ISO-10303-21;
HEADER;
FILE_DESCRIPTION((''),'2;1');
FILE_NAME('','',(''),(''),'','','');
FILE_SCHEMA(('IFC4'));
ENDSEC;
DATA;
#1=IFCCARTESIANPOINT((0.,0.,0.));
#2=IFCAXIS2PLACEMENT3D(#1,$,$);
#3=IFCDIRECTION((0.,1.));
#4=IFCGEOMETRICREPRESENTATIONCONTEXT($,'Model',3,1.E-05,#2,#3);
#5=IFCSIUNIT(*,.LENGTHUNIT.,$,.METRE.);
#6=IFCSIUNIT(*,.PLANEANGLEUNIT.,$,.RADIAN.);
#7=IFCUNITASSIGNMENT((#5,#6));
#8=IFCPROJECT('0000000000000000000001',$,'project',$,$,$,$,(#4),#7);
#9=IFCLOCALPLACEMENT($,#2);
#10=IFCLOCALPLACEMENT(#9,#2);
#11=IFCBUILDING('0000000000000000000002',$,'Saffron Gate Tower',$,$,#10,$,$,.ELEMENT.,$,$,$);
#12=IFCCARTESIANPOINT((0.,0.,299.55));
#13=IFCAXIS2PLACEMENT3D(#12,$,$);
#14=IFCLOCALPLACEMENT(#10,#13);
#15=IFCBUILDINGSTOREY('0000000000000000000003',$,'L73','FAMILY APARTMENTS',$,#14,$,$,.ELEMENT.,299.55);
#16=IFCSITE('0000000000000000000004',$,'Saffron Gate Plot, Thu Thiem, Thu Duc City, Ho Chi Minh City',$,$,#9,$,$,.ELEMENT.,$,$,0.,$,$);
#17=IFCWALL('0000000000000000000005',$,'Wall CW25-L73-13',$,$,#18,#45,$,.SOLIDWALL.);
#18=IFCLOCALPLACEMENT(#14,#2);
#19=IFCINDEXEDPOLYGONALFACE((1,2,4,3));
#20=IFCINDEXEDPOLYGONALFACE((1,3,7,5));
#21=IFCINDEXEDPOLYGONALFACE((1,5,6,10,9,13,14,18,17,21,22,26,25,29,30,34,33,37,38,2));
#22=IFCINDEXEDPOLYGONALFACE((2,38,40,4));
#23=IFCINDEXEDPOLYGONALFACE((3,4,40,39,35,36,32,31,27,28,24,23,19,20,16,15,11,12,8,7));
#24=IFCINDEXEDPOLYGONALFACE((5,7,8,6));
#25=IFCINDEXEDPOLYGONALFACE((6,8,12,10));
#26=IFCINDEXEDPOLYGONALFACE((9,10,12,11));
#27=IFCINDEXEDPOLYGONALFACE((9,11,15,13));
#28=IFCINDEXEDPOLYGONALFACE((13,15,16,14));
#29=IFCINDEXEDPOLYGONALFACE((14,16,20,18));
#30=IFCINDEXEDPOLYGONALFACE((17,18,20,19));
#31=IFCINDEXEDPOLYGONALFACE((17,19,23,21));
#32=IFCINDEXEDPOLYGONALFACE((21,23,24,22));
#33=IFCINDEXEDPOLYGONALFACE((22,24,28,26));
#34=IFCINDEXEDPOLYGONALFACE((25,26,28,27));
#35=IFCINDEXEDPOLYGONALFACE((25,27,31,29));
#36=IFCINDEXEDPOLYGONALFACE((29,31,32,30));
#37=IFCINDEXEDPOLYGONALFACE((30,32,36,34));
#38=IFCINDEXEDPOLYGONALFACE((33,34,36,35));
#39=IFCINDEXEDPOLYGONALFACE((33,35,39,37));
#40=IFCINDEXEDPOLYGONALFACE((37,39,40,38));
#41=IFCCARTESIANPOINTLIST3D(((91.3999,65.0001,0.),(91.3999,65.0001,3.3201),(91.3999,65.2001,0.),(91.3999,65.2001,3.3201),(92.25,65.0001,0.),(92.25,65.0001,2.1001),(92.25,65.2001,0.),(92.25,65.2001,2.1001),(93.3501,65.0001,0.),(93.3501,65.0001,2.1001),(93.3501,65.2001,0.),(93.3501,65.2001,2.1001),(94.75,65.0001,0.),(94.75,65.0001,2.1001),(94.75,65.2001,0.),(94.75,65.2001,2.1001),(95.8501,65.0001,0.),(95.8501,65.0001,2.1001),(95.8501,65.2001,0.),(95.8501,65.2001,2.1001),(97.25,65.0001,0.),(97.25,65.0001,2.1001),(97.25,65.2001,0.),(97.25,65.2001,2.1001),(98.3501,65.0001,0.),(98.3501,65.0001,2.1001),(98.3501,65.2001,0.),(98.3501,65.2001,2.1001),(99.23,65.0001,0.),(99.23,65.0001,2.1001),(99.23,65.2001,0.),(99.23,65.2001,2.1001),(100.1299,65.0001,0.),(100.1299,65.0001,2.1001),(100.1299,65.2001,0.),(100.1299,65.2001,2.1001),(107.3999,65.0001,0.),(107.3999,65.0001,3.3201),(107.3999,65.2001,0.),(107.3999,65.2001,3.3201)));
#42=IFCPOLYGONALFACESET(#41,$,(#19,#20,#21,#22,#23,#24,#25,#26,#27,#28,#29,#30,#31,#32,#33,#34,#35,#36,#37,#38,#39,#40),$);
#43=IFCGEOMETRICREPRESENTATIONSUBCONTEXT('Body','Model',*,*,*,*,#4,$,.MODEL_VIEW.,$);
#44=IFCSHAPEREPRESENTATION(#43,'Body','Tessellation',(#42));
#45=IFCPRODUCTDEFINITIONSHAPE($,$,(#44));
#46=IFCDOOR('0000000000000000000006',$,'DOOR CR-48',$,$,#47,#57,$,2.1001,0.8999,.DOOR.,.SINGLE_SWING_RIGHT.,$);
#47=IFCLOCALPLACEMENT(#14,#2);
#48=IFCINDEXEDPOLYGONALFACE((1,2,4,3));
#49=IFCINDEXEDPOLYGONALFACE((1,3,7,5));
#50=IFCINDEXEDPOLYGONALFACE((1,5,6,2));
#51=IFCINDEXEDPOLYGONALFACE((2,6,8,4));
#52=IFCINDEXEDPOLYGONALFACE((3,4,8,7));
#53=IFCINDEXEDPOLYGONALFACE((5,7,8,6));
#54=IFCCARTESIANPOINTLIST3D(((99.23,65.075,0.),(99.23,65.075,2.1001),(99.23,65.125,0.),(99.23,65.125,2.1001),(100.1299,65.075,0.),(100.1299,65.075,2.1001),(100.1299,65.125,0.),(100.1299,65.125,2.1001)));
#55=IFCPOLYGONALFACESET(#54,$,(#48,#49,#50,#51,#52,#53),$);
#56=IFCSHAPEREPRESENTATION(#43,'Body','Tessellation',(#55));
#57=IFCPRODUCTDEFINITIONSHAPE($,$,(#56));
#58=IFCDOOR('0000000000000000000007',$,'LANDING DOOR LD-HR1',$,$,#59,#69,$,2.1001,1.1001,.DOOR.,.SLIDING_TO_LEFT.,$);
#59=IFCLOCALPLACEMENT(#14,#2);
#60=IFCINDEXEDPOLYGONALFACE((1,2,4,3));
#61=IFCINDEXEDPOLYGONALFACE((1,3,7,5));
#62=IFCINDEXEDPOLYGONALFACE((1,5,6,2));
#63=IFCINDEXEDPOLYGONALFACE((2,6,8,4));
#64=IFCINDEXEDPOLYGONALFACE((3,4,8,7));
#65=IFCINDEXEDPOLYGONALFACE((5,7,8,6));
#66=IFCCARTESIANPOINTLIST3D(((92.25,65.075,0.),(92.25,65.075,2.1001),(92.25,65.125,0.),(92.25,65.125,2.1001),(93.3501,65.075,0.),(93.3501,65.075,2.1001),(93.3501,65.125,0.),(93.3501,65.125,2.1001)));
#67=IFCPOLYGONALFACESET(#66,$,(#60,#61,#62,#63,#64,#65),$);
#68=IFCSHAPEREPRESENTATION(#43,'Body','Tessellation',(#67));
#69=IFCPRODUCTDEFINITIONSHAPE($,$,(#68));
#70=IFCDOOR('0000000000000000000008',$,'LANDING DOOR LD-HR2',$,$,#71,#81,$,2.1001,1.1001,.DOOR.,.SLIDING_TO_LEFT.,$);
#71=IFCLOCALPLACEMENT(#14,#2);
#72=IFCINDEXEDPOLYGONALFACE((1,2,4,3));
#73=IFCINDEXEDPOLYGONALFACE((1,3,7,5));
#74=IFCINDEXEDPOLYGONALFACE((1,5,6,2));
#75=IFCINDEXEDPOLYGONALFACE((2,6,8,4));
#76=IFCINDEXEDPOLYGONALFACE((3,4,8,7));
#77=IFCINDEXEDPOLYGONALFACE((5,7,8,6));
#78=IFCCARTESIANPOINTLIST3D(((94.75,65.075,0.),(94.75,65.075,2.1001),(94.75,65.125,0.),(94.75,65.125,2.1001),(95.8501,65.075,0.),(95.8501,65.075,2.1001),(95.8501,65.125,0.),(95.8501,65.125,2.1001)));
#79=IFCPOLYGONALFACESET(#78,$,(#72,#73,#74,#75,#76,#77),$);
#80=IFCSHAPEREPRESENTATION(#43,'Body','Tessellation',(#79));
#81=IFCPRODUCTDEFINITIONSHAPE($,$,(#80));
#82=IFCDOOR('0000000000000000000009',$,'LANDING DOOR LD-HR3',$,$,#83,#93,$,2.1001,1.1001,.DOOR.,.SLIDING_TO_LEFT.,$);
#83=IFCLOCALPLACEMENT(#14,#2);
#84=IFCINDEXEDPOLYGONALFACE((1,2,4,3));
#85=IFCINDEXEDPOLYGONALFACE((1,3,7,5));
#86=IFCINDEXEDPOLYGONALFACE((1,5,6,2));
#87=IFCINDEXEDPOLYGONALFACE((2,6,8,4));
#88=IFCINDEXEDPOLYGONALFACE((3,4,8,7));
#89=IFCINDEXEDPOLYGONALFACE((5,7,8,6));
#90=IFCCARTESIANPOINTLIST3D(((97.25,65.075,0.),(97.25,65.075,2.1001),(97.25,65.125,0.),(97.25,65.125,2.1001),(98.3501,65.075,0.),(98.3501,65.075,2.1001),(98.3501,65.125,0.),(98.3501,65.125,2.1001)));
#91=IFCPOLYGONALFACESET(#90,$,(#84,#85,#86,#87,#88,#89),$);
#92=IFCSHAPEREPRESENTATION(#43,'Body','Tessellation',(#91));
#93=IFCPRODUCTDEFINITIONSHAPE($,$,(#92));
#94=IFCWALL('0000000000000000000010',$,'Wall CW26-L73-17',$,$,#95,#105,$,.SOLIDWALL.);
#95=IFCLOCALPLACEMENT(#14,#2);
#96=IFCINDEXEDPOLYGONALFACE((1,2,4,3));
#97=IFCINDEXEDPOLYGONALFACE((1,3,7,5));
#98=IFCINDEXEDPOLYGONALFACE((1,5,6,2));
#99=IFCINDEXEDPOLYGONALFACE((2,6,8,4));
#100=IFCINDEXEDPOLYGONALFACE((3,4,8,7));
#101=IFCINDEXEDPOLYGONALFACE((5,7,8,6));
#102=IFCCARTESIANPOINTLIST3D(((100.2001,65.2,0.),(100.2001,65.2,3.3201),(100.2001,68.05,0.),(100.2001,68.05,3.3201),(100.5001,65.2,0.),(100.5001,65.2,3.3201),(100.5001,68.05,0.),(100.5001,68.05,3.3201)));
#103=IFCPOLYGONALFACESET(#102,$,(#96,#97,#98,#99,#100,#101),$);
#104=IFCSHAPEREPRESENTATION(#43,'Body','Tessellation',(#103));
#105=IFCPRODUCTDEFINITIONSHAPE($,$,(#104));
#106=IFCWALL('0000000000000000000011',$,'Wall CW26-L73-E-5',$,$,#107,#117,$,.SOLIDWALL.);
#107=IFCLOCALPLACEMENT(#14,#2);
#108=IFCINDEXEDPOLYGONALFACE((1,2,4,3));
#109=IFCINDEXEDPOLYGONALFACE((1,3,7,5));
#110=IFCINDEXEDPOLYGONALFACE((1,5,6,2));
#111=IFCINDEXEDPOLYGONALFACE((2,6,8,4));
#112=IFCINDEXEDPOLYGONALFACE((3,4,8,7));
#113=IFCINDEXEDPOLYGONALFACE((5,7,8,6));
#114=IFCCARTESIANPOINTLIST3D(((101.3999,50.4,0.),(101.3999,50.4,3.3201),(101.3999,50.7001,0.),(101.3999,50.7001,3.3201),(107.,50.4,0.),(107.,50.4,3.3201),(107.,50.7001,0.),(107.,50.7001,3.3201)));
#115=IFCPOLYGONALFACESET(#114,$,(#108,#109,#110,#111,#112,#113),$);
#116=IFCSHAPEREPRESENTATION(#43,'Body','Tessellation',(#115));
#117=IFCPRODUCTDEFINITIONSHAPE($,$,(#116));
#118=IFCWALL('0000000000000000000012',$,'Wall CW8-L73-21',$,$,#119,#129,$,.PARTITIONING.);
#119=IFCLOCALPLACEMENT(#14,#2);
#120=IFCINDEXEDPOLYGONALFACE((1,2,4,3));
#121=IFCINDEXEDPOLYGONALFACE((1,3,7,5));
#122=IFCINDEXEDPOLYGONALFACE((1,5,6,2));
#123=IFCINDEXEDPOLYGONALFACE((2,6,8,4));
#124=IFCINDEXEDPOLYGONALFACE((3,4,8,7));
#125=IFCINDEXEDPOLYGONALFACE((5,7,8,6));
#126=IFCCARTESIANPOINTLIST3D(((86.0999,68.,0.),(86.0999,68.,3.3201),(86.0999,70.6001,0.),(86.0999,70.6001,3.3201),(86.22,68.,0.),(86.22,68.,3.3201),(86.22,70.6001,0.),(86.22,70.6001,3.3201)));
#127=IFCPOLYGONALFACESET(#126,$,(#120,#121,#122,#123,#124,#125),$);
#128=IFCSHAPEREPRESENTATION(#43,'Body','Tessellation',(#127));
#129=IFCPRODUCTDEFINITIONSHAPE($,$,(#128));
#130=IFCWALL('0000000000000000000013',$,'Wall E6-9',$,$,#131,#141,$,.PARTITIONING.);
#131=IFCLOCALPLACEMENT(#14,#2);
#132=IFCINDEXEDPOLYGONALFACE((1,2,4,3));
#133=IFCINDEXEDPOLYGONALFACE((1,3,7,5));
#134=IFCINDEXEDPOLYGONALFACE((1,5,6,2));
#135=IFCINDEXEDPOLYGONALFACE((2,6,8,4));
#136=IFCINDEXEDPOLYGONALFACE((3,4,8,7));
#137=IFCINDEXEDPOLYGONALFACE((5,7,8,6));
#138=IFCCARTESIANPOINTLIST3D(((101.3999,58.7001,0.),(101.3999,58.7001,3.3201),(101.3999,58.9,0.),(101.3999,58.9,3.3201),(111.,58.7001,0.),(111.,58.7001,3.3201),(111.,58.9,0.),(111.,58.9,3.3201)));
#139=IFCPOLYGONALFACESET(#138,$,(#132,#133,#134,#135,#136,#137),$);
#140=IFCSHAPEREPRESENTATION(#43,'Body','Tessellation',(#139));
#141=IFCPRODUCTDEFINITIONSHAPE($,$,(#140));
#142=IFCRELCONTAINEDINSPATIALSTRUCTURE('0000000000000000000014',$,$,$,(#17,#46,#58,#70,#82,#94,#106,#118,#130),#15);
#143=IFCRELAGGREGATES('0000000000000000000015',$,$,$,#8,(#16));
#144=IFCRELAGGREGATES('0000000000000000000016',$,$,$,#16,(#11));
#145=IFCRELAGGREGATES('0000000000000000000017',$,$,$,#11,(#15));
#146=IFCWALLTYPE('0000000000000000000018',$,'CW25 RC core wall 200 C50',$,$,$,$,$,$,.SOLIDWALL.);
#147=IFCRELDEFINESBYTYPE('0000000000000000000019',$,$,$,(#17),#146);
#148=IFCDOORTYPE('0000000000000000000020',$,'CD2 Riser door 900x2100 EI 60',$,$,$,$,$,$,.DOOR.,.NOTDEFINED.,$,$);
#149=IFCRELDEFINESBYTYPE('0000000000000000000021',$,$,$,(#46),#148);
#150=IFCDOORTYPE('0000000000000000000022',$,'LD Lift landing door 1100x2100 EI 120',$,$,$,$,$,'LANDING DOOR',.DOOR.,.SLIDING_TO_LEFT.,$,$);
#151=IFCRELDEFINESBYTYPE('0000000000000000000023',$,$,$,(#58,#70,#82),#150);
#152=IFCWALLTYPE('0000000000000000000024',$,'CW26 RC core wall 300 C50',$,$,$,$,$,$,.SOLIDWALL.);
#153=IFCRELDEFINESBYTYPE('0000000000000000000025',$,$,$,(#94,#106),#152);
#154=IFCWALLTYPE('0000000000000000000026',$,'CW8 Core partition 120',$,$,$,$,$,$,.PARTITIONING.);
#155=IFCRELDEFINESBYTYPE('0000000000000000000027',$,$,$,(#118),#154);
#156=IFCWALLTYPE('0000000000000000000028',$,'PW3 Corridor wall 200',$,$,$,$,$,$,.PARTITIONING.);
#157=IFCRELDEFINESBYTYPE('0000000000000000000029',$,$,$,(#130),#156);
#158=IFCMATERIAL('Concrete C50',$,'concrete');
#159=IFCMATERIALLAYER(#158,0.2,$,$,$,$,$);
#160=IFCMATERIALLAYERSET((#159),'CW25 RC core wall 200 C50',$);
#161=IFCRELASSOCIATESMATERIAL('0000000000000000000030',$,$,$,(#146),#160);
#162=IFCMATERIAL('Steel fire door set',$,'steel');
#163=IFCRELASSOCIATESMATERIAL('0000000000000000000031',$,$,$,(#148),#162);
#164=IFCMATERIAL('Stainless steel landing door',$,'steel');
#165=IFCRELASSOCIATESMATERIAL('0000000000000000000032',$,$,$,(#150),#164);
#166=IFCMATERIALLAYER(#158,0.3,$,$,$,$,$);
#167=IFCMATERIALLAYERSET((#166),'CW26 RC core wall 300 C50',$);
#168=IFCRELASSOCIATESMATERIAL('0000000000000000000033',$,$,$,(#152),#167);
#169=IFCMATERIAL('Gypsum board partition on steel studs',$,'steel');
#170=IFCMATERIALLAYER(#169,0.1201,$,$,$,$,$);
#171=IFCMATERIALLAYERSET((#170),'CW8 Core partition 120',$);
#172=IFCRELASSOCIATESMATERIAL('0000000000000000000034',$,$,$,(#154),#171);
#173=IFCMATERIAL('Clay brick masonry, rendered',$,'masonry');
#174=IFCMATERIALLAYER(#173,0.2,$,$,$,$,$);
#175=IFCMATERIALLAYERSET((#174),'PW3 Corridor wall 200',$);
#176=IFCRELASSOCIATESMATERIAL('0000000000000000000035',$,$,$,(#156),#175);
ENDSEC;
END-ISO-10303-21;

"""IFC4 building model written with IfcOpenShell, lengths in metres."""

from ifc_helpers import new_model, si_unit, direction, frame, frame_2d, origin, place, context, subcontext, project, spatial, rectangle, extrude, material, layer, layer_set, type_object, element, fill, save


model = new_model("IFC4")

# Units and contexts
model_context = context("Model", 3, precision=1e-05, world=origin(), true_north=direction((0.0, 1.0)))
body_context = subcontext(model_context, "Body", "Model", "MODEL_VIEW")
ifc_project = project(units=[si_unit("LENGTHUNIT", "METRE"), si_unit("PLANEANGLEUNIT", "RADIAN")], contexts=[model_context])

# Site, building, storey
site_placement = place(None, origin())
site = spatial("IfcSite", under=ifc_project, at=site_placement, Name="Saffron Gate Plot, Thu Thiem, Thu Duc City, Ho Chi Minh City", CompositionType="ELEMENT", RefElevation=0.0)
building_placement = place(site_placement, origin())
building = spatial("IfcBuilding", under=site, at=building_placement, Name="Saffron Gate Tower", CompositionType="ELEMENT")
storey_placement = place(building_placement, frame((0.0, 0.0, 299.55)))
storey = spatial("IfcBuildingStorey", under=building, at=storey_placement, Name="L73", Description="FAMILY APARTMENTS", CompositionType="ELEMENT", Elevation=299.55)

# Shared definitions
ifc_material_1 = material(Name="Gypsum board partition on steel studs", Category="steel")
ifc_material_2 = material(Name="Concrete C50", Category="concrete")

# Shared definitions
ifc_material_3 = material(Name="Steel fire door set", Category="steel")

# Shared definitions
ifc_layer_1 = layer(ifc_material_2, 0.2)
ifc_layer_set_1 = layer_set([ifc_layer_1], Name="CW25 RC core wall 200 C50")
wall_type_1 = type_object("IfcWallType", Name="CW25 RC core wall 200 C50", PredefinedType="SOLIDWALL", material=ifc_layer_set_1)

# Wall, openings, doors
wall_1_placement = place(storey_placement, frame((91.3999, 65.1001, 0.0), z_axis=(0.0, 0.0, 1.0), x_axis=(1.0, 0.0, 0.0)))
wall_1 = element("IfcWall", 1, at=wall_1_placement, inside=storey, type_object=wall_type_1, Name="Wall CW25-L73-13", PredefinedType="SOLIDWALL", context=body_context, shape_type="SweptSolid", body=[
    extrude(rectangle(XDim=16.0, YDim=0.2, at=frame_2d((8.0, 0.0))), origin(), (0.0, 0.0, 1.0), 3.3201),
])
opening_1_placement = place(wall_1_placement, frame((0.8501, 0.0, 0.0)))
opening_1 = element("IfcOpeningElement", 2, at=opening_1_placement, cuts=wall_1, PredefinedType="OPENING", context=body_context, shape_type="SweptSolid", body=[
    extrude(rectangle(XDim=1.1001, YDim=2.1001, at=frame_2d((0.55, 1.05))), frame((0.0, 0.1099, 0.0), z_axis=(0.0, -1.0, 0.0), x_axis=(1.0, 0.0, 0.0)), (0.0, 0.0, 1.0), 0.22),
])
opening_2_placement = place(wall_1_placement, frame((3.3501, 0.0, 0.0)))
opening_2 = element("IfcOpeningElement", 3, at=opening_2_placement, cuts=wall_1, PredefinedType="OPENING", context=body_context, shape_type="SweptSolid", body=[
    extrude(rectangle(XDim=1.1001, YDim=2.1001, at=frame_2d((0.55, 1.05))), frame((0.0, 0.1099, 0.0), z_axis=(0.0, -1.0, 0.0), x_axis=(1.0, 0.0, 0.0)), (0.0, 0.0, 1.0), 0.22),
])
opening_3_placement = place(wall_1_placement, frame((5.8501, 0.0, 0.0)))
opening_3 = element("IfcOpeningElement", 4, at=opening_3_placement, cuts=wall_1, PredefinedType="OPENING", context=body_context, shape_type="SweptSolid", body=[
    extrude(rectangle(XDim=1.1001, YDim=2.1001, at=frame_2d((0.55, 1.05))), frame((0.0, 0.1099, 0.0), z_axis=(0.0, -1.0, 0.0), x_axis=(1.0, 0.0, 0.0)), (0.0, 0.0, 1.0), 0.22),
])
opening_4_placement = place(wall_1_placement, frame((7.8301, 0.0, 0.0)))
opening_4 = element("IfcOpeningElement", 5, at=opening_4_placement, cuts=wall_1, PredefinedType="OPENING", context=body_context, shape_type="SweptSolid", body=[
    extrude(rectangle(XDim=0.8999, YDim=2.1001, at=frame_2d((0.45, 1.05))), frame((0.0, 0.1099, 0.0), z_axis=(0.0, -1.0, 0.0), x_axis=(1.0, 0.0, 0.0)), (0.0, 0.0, 1.0), 0.22),
])
door_type_1 = type_object("IfcDoorType", Name="CD2 Riser door 900x2100 EI 60", OperationType="NOTDEFINED", PredefinedType="DOOR", material=ifc_material_3)
door_1_placement = place(opening_4_placement, origin())
door_1 = element("IfcDoor", 6, at=door_1_placement, inside=storey, type_object=door_type_1, Name="DOOR CR-48", OperationType="SINGLE_SWING_RIGHT", OverallHeight=2.1001, OverallWidth=0.8999, PredefinedType="DOOR", context=body_context, shape_type="SweptSolid", body=[
    extrude(rectangle(XDim=0.8999, YDim=2.1001, at=frame_2d((0.45, 1.05))), frame((0.0, 0.0249, 0.0), z_axis=(0.0, -1.0, 0.0), x_axis=(1.0, 0.0, 0.0)), (0.0, 0.0, 1.0), 0.05),
])
fill(opening_4, door_1)
ifc_material_4 = material(Name="Stainless steel landing door", Category="steel")
door_type_2 = type_object("IfcDoorType", Name="LD Lift landing door 1100x2100 EI 120", ElementType="LANDING DOOR", OperationType="SLIDING_TO_LEFT", PredefinedType="DOOR", material=ifc_material_4)
door_2_placement = place(opening_1_placement, origin())
door_2 = element("IfcDoor", 7, at=door_2_placement, inside=storey, type_object=door_type_2, Name="LANDING DOOR LD-HR1", OperationType="SLIDING_TO_LEFT", OverallHeight=2.1001, OverallWidth=1.1001, PredefinedType="DOOR", context=body_context, shape_type="SweptSolid", body=[
    extrude(rectangle(XDim=1.1001, YDim=2.1001, at=frame_2d((0.55, 1.05))), frame((0.0, 0.0249, 0.0), z_axis=(0.0, -1.0, 0.0), x_axis=(1.0, 0.0, 0.0)), (0.0, 0.0, 1.0), 0.05),
])
fill(opening_1, door_2)
door_3_placement = place(opening_2_placement, origin())
door_3 = element("IfcDoor", 8, at=door_3_placement, inside=storey, type_object=door_type_2, Name="LANDING DOOR LD-HR2", OperationType="SLIDING_TO_LEFT", OverallHeight=2.1001, OverallWidth=1.1001, PredefinedType="DOOR", context=body_context, shape_type="SweptSolid", body=[
    extrude(rectangle(XDim=1.1001, YDim=2.1001, at=frame_2d((0.55, 1.05))), frame((0.0, 0.0249, 0.0), z_axis=(0.0, -1.0, 0.0), x_axis=(1.0, 0.0, 0.0)), (0.0, 0.0, 1.0), 0.05),
])
fill(opening_2, door_3)
door_4_placement = place(opening_3_placement, origin())
door_4 = element("IfcDoor", 9, at=door_4_placement, inside=storey, type_object=door_type_2, Name="LANDING DOOR LD-HR3", OperationType="SLIDING_TO_LEFT", OverallHeight=2.1001, OverallWidth=1.1001, PredefinedType="DOOR", context=body_context, shape_type="SweptSolid", body=[
    extrude(rectangle(XDim=1.1001, YDim=2.1001, at=frame_2d((0.55, 1.05))), frame((0.0, 0.0249, 0.0), z_axis=(0.0, -1.0, 0.0), x_axis=(1.0, 0.0, 0.0)), (0.0, 0.0, 1.0), 0.05),
])
fill(opening_3, door_4)

# Walls
ifc_layer_2 = layer(ifc_material_2, 0.3)
ifc_layer_set_2 = layer_set([ifc_layer_2], Name="CW26 RC core wall 300 C50")
wall_type_2 = type_object("IfcWallType", Name="CW26 RC core wall 300 C50", PredefinedType="SOLIDWALL", material=ifc_layer_set_2)
wall_2_placement = place(storey_placement, frame((100.3501, 65.2, 0.0), z_axis=(0.0, 0.0, 1.0), x_axis=(0.0, 1.0, 0.0)))
element("IfcWall", 10, at=wall_2_placement, inside=storey, type_object=wall_type_2, Name="Wall CW26-L73-17", PredefinedType="SOLIDWALL", context=body_context, shape_type="SweptSolid", body=[
    extrude(rectangle(XDim=2.8501, YDim=0.3, at=frame_2d((1.425, 0.0))), origin(), (0.0, 0.0, 1.0), 3.3201),
])
wall_3_placement = place(storey_placement, frame((101.3999, 50.55, 0.0), z_axis=(0.0, 0.0, 1.0), x_axis=(1.0, 0.0, 0.0)))
element("IfcWall", 11, at=wall_3_placement, inside=storey, type_object=wall_type_2, Name="Wall CW26-L73-E-5", PredefinedType="SOLIDWALL", context=body_context, shape_type="SweptSolid", body=[
    extrude(rectangle(XDim=5.6001, YDim=0.3, at=frame_2d((2.8, 0.0))), origin(), (0.0, 0.0, 1.0), 3.3201),
])
ifc_layer_3 = layer(ifc_material_1, 0.1201)
ifc_layer_set_3 = layer_set([ifc_layer_3], Name="CW8 Core partition 120")
wall_type_3 = type_object("IfcWallType", Name="CW8 Core partition 120", PredefinedType="PARTITIONING", material=ifc_layer_set_3)
wall_4_placement = place(storey_placement, frame((86.1599, 68.0, 0.0), z_axis=(0.0, 0.0, 1.0), x_axis=(0.0, 1.0, 0.0)))
element("IfcWall", 12, at=wall_4_placement, inside=storey, type_object=wall_type_3, Name="Wall CW8-L73-21", PredefinedType="PARTITIONING", context=body_context, shape_type="SweptSolid", body=[
    extrude(rectangle(XDim=2.6001, YDim=0.1201, at=frame_2d((1.3, 0.0))), origin(), (0.0, 0.0, 1.0), 3.3201),
])
ifc_material_5 = material(Name="Clay brick masonry, rendered", Category="masonry")
ifc_layer_4 = layer(ifc_material_5, 0.2)
ifc_layer_set_4 = layer_set([ifc_layer_4], Name="PW3 Corridor wall 200")
wall_type_4 = type_object("IfcWallType", Name="PW3 Corridor wall 200", PredefinedType="PARTITIONING", material=ifc_layer_set_4)
wall_5_placement = place(storey_placement, frame((101.3999, 58.8, 0.0), z_axis=(0.0, 0.0, 1.0), x_axis=(1.0, 0.0, 0.0)))
element("IfcWall", 13, at=wall_5_placement, inside=storey, type_object=wall_type_4, Name="Wall E6-9", PredefinedType="PARTITIONING", context=body_context, shape_type="SweptSolid", body=[
    extrude(rectangle(XDim=9.6001, YDim=0.2, at=frame_2d((4.8, 0.0))), origin(), (0.0, 0.0, 1.0), 3.3201),
])

save(model, "model.ifc")
